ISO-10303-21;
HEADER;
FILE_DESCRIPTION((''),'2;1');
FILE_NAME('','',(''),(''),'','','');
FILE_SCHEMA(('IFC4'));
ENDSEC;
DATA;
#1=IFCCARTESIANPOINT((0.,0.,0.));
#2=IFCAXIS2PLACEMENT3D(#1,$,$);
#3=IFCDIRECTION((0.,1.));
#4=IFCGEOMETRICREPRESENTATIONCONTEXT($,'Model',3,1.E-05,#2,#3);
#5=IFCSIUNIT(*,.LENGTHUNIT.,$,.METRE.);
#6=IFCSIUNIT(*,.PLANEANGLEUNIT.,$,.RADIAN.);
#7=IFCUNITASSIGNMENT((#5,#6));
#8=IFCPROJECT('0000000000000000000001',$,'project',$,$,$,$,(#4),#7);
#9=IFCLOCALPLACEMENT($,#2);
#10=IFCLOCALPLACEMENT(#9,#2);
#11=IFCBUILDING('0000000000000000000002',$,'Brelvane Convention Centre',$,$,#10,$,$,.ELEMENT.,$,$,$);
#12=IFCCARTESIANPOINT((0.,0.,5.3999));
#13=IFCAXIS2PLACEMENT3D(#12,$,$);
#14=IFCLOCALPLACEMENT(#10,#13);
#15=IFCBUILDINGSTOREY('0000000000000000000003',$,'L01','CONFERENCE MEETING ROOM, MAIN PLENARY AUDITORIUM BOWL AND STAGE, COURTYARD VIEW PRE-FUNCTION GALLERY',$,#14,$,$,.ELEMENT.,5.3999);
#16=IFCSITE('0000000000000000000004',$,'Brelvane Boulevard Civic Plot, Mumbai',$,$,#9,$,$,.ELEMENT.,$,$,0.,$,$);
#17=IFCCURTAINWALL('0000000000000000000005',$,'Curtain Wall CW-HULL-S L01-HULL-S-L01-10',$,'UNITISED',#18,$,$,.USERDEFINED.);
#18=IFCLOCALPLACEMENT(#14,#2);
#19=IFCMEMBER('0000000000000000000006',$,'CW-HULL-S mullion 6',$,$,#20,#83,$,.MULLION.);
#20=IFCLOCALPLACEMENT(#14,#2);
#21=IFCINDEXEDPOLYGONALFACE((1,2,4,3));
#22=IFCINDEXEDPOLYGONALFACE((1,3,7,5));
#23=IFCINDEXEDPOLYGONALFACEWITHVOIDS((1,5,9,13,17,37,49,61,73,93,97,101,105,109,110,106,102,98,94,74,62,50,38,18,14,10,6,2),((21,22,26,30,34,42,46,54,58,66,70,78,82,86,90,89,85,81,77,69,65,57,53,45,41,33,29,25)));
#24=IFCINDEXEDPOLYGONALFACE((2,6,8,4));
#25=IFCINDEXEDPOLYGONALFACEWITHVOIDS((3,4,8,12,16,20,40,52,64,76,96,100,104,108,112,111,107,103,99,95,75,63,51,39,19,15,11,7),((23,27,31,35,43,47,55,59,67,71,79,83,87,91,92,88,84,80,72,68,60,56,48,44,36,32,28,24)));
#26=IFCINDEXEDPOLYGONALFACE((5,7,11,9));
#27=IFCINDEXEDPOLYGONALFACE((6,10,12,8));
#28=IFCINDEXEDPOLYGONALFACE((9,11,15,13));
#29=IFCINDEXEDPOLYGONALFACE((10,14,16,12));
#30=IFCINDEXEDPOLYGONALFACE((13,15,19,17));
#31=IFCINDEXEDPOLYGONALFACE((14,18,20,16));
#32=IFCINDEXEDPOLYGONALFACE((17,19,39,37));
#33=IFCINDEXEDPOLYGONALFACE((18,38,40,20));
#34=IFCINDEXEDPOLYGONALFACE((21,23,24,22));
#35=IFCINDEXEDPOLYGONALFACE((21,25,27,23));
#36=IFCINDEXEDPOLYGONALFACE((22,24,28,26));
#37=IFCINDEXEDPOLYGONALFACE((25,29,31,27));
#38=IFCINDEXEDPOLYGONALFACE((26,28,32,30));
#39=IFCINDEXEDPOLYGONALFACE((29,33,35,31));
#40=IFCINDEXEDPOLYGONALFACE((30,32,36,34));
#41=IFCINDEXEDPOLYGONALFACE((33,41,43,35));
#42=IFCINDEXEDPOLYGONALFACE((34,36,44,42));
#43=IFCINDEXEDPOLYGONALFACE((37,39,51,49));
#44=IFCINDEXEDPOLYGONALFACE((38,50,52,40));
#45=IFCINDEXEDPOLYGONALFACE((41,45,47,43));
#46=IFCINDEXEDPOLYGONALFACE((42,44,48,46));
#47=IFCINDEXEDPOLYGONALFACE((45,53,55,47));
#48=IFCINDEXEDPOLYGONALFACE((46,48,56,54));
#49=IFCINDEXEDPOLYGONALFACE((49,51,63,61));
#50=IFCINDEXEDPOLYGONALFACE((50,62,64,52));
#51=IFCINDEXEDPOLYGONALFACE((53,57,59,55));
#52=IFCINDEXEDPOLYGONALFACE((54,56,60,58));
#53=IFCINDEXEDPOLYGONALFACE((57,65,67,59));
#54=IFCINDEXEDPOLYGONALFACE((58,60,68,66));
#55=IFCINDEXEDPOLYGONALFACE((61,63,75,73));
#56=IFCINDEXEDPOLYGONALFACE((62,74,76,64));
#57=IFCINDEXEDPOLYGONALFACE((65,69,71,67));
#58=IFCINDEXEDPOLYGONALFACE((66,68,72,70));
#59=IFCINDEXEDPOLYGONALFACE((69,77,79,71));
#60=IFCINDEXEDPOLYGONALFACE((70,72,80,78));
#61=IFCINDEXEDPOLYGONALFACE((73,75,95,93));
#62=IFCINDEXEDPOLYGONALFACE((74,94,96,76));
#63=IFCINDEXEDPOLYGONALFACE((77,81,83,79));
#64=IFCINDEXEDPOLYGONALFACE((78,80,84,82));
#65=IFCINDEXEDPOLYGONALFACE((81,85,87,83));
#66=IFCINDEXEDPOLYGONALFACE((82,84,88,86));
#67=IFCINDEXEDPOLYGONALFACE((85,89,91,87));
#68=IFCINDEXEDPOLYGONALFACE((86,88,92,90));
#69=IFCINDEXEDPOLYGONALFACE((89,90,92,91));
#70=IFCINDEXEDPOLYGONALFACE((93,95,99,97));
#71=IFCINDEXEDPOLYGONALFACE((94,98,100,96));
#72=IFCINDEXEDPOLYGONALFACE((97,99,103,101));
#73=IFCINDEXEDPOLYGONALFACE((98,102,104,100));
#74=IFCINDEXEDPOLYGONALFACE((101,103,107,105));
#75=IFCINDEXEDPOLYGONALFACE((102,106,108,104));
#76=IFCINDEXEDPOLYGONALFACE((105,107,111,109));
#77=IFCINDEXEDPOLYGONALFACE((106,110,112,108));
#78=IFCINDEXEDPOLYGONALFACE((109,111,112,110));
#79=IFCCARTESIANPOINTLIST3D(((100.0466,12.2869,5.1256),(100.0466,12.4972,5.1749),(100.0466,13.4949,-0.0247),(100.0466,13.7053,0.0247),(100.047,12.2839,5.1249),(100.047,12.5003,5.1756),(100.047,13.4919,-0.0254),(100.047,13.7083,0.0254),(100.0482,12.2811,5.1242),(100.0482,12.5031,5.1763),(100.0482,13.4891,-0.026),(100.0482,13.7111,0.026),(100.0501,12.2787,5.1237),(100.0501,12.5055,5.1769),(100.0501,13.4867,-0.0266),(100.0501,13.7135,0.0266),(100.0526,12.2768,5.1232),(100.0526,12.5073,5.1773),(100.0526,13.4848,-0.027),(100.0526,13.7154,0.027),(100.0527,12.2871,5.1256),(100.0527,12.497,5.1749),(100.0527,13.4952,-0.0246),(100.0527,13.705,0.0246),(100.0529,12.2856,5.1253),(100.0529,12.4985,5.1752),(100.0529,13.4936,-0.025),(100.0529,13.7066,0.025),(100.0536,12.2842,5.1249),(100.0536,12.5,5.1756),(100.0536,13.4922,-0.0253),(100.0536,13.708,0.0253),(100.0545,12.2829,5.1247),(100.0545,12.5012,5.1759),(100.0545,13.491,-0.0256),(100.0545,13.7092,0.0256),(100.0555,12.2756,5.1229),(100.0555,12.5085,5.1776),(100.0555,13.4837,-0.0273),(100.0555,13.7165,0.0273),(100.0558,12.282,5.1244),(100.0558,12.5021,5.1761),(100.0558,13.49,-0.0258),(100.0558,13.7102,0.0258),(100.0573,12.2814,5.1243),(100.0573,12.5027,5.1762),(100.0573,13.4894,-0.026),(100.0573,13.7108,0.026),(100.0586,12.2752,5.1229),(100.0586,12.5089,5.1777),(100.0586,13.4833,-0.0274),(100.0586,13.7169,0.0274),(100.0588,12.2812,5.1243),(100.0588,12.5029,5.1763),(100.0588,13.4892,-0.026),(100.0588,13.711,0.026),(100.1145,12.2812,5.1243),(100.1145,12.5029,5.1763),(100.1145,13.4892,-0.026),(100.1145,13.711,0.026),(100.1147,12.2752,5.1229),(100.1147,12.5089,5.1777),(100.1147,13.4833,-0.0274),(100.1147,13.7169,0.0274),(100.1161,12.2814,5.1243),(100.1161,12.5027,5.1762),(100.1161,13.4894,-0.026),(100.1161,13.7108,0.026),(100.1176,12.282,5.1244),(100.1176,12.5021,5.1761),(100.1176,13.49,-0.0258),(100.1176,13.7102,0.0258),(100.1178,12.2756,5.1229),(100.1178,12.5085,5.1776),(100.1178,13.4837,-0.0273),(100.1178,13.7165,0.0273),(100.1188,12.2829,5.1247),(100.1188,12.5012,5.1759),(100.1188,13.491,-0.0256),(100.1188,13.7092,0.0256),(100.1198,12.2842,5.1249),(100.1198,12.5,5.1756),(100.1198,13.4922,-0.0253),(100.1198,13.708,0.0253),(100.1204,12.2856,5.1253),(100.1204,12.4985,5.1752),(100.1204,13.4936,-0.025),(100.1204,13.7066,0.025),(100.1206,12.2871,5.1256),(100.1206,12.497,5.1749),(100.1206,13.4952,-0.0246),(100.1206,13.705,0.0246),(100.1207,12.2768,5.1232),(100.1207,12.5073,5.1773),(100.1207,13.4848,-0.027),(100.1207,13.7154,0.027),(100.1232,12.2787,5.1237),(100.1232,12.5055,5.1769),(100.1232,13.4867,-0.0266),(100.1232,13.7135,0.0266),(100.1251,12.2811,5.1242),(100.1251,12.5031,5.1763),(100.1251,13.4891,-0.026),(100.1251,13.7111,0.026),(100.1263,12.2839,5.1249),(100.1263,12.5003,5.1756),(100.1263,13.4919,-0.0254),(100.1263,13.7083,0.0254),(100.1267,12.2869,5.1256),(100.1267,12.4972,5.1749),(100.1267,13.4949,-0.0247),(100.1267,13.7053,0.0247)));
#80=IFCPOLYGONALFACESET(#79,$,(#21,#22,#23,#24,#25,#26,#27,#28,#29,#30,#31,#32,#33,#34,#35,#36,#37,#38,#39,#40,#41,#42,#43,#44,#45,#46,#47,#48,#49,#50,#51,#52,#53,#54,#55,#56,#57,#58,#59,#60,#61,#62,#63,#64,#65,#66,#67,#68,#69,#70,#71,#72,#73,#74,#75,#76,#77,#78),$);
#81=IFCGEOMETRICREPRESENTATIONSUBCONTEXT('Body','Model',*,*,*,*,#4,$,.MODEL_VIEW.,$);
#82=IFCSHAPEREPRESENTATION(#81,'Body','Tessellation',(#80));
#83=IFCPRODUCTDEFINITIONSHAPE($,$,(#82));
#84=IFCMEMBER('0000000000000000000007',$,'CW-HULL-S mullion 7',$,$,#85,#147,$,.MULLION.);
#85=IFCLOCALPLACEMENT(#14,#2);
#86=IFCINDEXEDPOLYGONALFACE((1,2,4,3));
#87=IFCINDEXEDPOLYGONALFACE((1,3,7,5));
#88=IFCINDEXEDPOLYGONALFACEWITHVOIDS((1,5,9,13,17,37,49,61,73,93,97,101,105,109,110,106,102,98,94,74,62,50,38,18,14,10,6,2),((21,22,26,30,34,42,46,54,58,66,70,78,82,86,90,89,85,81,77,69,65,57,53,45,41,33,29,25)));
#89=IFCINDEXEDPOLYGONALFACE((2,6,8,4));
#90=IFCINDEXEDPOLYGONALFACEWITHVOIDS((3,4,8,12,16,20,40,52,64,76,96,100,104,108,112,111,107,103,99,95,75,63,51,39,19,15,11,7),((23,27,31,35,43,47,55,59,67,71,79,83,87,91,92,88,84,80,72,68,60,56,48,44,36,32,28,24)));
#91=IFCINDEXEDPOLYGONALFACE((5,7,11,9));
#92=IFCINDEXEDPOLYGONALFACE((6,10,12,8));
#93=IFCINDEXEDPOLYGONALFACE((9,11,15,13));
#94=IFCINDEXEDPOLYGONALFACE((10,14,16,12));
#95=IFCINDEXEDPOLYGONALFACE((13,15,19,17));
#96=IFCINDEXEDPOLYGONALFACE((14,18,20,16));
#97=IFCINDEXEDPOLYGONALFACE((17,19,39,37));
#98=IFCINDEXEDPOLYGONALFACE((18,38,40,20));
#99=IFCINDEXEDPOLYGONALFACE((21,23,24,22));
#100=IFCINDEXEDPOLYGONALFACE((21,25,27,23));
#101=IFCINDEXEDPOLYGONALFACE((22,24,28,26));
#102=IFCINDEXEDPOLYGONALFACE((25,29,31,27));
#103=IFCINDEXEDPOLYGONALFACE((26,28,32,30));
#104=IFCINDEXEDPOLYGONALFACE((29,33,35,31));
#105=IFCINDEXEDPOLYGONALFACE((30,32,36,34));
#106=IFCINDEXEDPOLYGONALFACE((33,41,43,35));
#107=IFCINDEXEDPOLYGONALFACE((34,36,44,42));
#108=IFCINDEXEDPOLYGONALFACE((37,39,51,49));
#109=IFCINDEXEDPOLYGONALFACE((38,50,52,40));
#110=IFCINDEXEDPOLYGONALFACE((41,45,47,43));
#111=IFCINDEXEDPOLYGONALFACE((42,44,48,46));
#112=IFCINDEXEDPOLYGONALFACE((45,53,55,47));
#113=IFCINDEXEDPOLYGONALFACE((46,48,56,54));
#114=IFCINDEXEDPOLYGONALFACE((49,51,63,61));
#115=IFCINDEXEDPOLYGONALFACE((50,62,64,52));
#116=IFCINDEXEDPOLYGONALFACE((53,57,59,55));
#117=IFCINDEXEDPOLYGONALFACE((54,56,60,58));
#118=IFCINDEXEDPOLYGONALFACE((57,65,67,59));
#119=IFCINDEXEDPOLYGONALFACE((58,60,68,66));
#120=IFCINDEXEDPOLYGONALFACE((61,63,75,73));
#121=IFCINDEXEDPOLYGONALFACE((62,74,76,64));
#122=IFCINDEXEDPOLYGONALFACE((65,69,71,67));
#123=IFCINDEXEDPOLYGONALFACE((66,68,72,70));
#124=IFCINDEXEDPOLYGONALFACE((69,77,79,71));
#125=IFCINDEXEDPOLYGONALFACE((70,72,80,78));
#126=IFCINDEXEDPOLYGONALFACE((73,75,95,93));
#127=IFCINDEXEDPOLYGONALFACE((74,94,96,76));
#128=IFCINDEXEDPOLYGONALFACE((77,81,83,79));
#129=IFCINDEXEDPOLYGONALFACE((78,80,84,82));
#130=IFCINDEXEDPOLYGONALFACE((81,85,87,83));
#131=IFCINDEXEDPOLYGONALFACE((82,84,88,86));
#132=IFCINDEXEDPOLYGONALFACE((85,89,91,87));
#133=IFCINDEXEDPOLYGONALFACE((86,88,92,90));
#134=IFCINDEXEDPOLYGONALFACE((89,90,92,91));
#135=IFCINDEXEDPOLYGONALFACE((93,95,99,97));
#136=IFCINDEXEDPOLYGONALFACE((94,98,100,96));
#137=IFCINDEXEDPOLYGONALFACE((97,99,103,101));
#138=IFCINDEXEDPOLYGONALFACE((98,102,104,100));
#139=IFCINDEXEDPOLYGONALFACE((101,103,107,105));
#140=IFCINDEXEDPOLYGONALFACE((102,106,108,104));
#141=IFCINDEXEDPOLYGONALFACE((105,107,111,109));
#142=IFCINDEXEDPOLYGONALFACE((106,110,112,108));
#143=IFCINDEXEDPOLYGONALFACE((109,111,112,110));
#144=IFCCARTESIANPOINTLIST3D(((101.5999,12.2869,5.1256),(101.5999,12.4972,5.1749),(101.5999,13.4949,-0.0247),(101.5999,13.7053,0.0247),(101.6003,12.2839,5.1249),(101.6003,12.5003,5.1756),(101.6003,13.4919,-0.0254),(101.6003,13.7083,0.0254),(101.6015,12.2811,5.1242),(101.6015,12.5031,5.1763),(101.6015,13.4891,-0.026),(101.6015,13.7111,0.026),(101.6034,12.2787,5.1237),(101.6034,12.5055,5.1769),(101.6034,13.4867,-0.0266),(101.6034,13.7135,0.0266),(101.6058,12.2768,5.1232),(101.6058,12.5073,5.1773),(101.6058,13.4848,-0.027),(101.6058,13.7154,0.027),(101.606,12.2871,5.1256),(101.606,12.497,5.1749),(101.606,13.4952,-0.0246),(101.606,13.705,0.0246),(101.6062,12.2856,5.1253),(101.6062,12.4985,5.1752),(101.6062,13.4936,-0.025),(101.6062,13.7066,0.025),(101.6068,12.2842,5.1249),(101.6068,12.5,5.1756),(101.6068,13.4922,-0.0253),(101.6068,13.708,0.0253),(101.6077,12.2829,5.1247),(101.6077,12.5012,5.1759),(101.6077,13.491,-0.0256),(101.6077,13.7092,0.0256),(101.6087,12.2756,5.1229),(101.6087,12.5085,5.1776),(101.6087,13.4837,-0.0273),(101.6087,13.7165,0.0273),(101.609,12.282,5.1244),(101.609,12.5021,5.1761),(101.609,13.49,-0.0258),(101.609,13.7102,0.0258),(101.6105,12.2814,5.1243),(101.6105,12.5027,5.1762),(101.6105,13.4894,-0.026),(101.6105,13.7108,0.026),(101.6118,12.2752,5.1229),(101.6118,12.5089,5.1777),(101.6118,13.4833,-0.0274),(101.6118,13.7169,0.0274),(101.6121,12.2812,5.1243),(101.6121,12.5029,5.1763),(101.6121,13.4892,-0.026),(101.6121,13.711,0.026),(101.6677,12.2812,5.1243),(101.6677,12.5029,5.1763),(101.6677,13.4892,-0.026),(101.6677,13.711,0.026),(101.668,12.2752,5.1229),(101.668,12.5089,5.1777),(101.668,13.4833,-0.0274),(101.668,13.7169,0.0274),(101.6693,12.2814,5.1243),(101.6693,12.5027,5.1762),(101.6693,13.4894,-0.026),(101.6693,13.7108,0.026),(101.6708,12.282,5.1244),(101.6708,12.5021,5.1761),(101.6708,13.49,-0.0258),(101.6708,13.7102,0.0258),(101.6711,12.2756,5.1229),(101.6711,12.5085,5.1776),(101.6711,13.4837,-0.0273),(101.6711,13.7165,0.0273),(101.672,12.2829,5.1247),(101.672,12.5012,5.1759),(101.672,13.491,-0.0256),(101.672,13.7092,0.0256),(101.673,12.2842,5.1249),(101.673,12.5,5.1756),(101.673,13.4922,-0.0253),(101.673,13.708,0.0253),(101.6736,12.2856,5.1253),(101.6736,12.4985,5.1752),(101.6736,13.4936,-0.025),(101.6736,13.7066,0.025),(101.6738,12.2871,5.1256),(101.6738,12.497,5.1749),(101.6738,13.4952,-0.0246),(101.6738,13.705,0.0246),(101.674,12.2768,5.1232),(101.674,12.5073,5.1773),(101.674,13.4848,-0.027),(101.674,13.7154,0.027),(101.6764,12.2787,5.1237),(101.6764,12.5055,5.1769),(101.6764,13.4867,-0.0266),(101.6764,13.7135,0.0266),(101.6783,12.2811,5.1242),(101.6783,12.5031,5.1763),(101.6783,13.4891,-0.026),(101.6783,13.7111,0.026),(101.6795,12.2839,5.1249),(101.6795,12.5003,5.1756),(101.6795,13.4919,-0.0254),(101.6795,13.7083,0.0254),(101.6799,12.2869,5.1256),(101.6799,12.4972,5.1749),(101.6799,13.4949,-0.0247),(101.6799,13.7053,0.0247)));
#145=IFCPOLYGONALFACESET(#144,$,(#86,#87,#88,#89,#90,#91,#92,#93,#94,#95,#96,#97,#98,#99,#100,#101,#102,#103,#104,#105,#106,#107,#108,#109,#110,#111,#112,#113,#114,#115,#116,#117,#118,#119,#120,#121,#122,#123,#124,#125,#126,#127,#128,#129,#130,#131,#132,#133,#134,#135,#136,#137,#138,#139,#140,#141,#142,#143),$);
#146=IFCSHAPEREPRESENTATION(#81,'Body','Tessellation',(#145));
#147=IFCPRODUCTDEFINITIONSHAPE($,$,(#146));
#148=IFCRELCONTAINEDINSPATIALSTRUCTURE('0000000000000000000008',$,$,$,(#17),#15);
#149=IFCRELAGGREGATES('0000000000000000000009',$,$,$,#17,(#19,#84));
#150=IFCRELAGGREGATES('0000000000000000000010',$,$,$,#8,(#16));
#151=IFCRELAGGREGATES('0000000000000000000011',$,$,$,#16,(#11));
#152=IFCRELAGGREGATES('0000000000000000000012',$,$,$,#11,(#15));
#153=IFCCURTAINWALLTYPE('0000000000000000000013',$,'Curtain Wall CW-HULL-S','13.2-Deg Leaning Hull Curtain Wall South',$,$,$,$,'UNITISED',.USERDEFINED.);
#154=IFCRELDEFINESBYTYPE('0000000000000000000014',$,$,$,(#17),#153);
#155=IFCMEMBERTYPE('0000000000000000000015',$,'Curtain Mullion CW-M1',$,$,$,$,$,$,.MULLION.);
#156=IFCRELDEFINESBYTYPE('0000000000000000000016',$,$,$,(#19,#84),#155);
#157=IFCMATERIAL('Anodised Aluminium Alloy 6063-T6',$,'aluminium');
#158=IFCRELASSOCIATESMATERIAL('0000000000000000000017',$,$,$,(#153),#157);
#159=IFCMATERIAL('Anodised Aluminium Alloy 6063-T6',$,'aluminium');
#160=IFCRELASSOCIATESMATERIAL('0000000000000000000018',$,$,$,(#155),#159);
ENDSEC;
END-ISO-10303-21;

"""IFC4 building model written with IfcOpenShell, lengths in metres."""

from ifc_helpers import new_model, si_unit, direction, frame, origin, origin_2d, place, context, subcontext, project, spatial, hollow_rectangle, extrude, material, material_profile, profile_set, type_object, element, aggregate, save


model = new_model("IFC4")

# Units and contexts
model_context = context("Model", 3, precision=1e-05, world=origin(), true_north=direction((0.0, 1.0)))
body_context = subcontext(model_context, "Body", "Model", "MODEL_VIEW")
ifc_project = project(units=[si_unit("LENGTHUNIT", "METRE"), si_unit("PLANEANGLEUNIT", "RADIAN")], contexts=[model_context])

# Site, building, storey
site_placement = place(None, origin())
site = spatial("IfcSite", under=ifc_project, at=site_placement, Name="Brelvane Boulevard Civic Plot, Mumbai", CompositionType="ELEMENT", RefElevation=0.0)
building_placement = place(site_placement, origin())
building = spatial("IfcBuilding", under=site, at=building_placement, Name="Brelvane Convention Centre", CompositionType="ELEMENT")
storey_placement = place(building_placement, frame((0.0, 0.0, 5.3999)))
storey = spatial("IfcBuildingStorey", under=building, at=storey_placement, Name="L01", Description="CONFERENCE MEETING ROOM, MAIN PLENARY AUDITORIUM BOWL AND STAGE, COURTYARD VIEW PRE-FUNCTION GALLERY", CompositionType="ELEMENT", Elevation=5.3999)

# Curtain wall, members
ifc_material_1 = material(Name="Anodised Aluminium Alloy 6063-T6", Category="aluminium")
curtain_wall_type = type_object("IfcCurtainWallType", Name="Curtain Wall CW-HULL-S", Description="13.2-Deg Leaning Hull Curtain Wall South", ElementType="UNITISED", PredefinedType="USERDEFINED", material=ifc_material_1)
curtain_wall_1_placement = place(storey_placement, origin())
curtain_wall_1 = element("IfcCurtainWall", 1, at=curtain_wall_1_placement, inside=storey, type_object=curtain_wall_type, Name="Curtain Wall CW-HULL-S L01-HULL-S-L01-10", ObjectType="UNITISED", PredefinedType="USERDEFINED")
ifc_material_2 = material(Name="Anodised Aluminium Alloy 6063-T6", Category="aluminium")
ifc_material_profile_1 = material_profile(ifc_material_2, hollow_rectangle(XDim=0.0801, YDim=0.24, WallThickness=0.0061, InnerFilletRadius=0.0061, OuterFilletRadius=0.012, at=origin_2d()), Name="ALU-M 240x80x6.0")
ifc_profile_set_1 = profile_set([ifc_material_profile_1], Name="Anodised Aluminium Alloy 6063-T6")
member_type_1 = type_object("IfcMemberType", Name="Curtain Mullion CW-M1", PredefinedType="MULLION", material=ifc_profile_set_1)
member_1_placement = place(storey_placement, frame((100.0867, 13.6001, 0.0), z_axis=(0.0, -0.22836, 0.973577), x_axis=(1.0, 0.0, 0.0)))
member_1 = element("IfcMember", 2, at=member_1_placement, type_object=member_type_1, Name="CW-HULL-S mullion 6", PredefinedType="MULLION", context=body_context, shape_type="SweptSolid", body=[
    extrude(hollow_rectangle(XDim=0.0801, YDim=0.24, WallThickness=0.0061, InnerFilletRadius=0.0061, OuterFilletRadius=0.012, at=origin_2d()), origin(), (0.0, 0.0, 1.0), 5.29),
])
member_2_placement = place(storey_placement, frame((101.6399, 13.6001, 0.0), z_axis=(0.0, -0.22836, 0.973577), x_axis=(1.0, 0.0, 0.0)))
member_2 = element("IfcMember", 3, at=member_2_placement, type_object=member_type_1, Name="CW-HULL-S mullion 7", PredefinedType="MULLION", context=body_context, shape_type="SweptSolid", body=[
    extrude(hollow_rectangle(XDim=0.0801, YDim=0.24, WallThickness=0.0061, InnerFilletRadius=0.0061, OuterFilletRadius=0.012, at=origin_2d()), origin(), (0.0, 0.0, 1.0), 5.29),
])

aggregate(curtain_wall_1, [member_1, member_2])

save(model, "model.ifc")
